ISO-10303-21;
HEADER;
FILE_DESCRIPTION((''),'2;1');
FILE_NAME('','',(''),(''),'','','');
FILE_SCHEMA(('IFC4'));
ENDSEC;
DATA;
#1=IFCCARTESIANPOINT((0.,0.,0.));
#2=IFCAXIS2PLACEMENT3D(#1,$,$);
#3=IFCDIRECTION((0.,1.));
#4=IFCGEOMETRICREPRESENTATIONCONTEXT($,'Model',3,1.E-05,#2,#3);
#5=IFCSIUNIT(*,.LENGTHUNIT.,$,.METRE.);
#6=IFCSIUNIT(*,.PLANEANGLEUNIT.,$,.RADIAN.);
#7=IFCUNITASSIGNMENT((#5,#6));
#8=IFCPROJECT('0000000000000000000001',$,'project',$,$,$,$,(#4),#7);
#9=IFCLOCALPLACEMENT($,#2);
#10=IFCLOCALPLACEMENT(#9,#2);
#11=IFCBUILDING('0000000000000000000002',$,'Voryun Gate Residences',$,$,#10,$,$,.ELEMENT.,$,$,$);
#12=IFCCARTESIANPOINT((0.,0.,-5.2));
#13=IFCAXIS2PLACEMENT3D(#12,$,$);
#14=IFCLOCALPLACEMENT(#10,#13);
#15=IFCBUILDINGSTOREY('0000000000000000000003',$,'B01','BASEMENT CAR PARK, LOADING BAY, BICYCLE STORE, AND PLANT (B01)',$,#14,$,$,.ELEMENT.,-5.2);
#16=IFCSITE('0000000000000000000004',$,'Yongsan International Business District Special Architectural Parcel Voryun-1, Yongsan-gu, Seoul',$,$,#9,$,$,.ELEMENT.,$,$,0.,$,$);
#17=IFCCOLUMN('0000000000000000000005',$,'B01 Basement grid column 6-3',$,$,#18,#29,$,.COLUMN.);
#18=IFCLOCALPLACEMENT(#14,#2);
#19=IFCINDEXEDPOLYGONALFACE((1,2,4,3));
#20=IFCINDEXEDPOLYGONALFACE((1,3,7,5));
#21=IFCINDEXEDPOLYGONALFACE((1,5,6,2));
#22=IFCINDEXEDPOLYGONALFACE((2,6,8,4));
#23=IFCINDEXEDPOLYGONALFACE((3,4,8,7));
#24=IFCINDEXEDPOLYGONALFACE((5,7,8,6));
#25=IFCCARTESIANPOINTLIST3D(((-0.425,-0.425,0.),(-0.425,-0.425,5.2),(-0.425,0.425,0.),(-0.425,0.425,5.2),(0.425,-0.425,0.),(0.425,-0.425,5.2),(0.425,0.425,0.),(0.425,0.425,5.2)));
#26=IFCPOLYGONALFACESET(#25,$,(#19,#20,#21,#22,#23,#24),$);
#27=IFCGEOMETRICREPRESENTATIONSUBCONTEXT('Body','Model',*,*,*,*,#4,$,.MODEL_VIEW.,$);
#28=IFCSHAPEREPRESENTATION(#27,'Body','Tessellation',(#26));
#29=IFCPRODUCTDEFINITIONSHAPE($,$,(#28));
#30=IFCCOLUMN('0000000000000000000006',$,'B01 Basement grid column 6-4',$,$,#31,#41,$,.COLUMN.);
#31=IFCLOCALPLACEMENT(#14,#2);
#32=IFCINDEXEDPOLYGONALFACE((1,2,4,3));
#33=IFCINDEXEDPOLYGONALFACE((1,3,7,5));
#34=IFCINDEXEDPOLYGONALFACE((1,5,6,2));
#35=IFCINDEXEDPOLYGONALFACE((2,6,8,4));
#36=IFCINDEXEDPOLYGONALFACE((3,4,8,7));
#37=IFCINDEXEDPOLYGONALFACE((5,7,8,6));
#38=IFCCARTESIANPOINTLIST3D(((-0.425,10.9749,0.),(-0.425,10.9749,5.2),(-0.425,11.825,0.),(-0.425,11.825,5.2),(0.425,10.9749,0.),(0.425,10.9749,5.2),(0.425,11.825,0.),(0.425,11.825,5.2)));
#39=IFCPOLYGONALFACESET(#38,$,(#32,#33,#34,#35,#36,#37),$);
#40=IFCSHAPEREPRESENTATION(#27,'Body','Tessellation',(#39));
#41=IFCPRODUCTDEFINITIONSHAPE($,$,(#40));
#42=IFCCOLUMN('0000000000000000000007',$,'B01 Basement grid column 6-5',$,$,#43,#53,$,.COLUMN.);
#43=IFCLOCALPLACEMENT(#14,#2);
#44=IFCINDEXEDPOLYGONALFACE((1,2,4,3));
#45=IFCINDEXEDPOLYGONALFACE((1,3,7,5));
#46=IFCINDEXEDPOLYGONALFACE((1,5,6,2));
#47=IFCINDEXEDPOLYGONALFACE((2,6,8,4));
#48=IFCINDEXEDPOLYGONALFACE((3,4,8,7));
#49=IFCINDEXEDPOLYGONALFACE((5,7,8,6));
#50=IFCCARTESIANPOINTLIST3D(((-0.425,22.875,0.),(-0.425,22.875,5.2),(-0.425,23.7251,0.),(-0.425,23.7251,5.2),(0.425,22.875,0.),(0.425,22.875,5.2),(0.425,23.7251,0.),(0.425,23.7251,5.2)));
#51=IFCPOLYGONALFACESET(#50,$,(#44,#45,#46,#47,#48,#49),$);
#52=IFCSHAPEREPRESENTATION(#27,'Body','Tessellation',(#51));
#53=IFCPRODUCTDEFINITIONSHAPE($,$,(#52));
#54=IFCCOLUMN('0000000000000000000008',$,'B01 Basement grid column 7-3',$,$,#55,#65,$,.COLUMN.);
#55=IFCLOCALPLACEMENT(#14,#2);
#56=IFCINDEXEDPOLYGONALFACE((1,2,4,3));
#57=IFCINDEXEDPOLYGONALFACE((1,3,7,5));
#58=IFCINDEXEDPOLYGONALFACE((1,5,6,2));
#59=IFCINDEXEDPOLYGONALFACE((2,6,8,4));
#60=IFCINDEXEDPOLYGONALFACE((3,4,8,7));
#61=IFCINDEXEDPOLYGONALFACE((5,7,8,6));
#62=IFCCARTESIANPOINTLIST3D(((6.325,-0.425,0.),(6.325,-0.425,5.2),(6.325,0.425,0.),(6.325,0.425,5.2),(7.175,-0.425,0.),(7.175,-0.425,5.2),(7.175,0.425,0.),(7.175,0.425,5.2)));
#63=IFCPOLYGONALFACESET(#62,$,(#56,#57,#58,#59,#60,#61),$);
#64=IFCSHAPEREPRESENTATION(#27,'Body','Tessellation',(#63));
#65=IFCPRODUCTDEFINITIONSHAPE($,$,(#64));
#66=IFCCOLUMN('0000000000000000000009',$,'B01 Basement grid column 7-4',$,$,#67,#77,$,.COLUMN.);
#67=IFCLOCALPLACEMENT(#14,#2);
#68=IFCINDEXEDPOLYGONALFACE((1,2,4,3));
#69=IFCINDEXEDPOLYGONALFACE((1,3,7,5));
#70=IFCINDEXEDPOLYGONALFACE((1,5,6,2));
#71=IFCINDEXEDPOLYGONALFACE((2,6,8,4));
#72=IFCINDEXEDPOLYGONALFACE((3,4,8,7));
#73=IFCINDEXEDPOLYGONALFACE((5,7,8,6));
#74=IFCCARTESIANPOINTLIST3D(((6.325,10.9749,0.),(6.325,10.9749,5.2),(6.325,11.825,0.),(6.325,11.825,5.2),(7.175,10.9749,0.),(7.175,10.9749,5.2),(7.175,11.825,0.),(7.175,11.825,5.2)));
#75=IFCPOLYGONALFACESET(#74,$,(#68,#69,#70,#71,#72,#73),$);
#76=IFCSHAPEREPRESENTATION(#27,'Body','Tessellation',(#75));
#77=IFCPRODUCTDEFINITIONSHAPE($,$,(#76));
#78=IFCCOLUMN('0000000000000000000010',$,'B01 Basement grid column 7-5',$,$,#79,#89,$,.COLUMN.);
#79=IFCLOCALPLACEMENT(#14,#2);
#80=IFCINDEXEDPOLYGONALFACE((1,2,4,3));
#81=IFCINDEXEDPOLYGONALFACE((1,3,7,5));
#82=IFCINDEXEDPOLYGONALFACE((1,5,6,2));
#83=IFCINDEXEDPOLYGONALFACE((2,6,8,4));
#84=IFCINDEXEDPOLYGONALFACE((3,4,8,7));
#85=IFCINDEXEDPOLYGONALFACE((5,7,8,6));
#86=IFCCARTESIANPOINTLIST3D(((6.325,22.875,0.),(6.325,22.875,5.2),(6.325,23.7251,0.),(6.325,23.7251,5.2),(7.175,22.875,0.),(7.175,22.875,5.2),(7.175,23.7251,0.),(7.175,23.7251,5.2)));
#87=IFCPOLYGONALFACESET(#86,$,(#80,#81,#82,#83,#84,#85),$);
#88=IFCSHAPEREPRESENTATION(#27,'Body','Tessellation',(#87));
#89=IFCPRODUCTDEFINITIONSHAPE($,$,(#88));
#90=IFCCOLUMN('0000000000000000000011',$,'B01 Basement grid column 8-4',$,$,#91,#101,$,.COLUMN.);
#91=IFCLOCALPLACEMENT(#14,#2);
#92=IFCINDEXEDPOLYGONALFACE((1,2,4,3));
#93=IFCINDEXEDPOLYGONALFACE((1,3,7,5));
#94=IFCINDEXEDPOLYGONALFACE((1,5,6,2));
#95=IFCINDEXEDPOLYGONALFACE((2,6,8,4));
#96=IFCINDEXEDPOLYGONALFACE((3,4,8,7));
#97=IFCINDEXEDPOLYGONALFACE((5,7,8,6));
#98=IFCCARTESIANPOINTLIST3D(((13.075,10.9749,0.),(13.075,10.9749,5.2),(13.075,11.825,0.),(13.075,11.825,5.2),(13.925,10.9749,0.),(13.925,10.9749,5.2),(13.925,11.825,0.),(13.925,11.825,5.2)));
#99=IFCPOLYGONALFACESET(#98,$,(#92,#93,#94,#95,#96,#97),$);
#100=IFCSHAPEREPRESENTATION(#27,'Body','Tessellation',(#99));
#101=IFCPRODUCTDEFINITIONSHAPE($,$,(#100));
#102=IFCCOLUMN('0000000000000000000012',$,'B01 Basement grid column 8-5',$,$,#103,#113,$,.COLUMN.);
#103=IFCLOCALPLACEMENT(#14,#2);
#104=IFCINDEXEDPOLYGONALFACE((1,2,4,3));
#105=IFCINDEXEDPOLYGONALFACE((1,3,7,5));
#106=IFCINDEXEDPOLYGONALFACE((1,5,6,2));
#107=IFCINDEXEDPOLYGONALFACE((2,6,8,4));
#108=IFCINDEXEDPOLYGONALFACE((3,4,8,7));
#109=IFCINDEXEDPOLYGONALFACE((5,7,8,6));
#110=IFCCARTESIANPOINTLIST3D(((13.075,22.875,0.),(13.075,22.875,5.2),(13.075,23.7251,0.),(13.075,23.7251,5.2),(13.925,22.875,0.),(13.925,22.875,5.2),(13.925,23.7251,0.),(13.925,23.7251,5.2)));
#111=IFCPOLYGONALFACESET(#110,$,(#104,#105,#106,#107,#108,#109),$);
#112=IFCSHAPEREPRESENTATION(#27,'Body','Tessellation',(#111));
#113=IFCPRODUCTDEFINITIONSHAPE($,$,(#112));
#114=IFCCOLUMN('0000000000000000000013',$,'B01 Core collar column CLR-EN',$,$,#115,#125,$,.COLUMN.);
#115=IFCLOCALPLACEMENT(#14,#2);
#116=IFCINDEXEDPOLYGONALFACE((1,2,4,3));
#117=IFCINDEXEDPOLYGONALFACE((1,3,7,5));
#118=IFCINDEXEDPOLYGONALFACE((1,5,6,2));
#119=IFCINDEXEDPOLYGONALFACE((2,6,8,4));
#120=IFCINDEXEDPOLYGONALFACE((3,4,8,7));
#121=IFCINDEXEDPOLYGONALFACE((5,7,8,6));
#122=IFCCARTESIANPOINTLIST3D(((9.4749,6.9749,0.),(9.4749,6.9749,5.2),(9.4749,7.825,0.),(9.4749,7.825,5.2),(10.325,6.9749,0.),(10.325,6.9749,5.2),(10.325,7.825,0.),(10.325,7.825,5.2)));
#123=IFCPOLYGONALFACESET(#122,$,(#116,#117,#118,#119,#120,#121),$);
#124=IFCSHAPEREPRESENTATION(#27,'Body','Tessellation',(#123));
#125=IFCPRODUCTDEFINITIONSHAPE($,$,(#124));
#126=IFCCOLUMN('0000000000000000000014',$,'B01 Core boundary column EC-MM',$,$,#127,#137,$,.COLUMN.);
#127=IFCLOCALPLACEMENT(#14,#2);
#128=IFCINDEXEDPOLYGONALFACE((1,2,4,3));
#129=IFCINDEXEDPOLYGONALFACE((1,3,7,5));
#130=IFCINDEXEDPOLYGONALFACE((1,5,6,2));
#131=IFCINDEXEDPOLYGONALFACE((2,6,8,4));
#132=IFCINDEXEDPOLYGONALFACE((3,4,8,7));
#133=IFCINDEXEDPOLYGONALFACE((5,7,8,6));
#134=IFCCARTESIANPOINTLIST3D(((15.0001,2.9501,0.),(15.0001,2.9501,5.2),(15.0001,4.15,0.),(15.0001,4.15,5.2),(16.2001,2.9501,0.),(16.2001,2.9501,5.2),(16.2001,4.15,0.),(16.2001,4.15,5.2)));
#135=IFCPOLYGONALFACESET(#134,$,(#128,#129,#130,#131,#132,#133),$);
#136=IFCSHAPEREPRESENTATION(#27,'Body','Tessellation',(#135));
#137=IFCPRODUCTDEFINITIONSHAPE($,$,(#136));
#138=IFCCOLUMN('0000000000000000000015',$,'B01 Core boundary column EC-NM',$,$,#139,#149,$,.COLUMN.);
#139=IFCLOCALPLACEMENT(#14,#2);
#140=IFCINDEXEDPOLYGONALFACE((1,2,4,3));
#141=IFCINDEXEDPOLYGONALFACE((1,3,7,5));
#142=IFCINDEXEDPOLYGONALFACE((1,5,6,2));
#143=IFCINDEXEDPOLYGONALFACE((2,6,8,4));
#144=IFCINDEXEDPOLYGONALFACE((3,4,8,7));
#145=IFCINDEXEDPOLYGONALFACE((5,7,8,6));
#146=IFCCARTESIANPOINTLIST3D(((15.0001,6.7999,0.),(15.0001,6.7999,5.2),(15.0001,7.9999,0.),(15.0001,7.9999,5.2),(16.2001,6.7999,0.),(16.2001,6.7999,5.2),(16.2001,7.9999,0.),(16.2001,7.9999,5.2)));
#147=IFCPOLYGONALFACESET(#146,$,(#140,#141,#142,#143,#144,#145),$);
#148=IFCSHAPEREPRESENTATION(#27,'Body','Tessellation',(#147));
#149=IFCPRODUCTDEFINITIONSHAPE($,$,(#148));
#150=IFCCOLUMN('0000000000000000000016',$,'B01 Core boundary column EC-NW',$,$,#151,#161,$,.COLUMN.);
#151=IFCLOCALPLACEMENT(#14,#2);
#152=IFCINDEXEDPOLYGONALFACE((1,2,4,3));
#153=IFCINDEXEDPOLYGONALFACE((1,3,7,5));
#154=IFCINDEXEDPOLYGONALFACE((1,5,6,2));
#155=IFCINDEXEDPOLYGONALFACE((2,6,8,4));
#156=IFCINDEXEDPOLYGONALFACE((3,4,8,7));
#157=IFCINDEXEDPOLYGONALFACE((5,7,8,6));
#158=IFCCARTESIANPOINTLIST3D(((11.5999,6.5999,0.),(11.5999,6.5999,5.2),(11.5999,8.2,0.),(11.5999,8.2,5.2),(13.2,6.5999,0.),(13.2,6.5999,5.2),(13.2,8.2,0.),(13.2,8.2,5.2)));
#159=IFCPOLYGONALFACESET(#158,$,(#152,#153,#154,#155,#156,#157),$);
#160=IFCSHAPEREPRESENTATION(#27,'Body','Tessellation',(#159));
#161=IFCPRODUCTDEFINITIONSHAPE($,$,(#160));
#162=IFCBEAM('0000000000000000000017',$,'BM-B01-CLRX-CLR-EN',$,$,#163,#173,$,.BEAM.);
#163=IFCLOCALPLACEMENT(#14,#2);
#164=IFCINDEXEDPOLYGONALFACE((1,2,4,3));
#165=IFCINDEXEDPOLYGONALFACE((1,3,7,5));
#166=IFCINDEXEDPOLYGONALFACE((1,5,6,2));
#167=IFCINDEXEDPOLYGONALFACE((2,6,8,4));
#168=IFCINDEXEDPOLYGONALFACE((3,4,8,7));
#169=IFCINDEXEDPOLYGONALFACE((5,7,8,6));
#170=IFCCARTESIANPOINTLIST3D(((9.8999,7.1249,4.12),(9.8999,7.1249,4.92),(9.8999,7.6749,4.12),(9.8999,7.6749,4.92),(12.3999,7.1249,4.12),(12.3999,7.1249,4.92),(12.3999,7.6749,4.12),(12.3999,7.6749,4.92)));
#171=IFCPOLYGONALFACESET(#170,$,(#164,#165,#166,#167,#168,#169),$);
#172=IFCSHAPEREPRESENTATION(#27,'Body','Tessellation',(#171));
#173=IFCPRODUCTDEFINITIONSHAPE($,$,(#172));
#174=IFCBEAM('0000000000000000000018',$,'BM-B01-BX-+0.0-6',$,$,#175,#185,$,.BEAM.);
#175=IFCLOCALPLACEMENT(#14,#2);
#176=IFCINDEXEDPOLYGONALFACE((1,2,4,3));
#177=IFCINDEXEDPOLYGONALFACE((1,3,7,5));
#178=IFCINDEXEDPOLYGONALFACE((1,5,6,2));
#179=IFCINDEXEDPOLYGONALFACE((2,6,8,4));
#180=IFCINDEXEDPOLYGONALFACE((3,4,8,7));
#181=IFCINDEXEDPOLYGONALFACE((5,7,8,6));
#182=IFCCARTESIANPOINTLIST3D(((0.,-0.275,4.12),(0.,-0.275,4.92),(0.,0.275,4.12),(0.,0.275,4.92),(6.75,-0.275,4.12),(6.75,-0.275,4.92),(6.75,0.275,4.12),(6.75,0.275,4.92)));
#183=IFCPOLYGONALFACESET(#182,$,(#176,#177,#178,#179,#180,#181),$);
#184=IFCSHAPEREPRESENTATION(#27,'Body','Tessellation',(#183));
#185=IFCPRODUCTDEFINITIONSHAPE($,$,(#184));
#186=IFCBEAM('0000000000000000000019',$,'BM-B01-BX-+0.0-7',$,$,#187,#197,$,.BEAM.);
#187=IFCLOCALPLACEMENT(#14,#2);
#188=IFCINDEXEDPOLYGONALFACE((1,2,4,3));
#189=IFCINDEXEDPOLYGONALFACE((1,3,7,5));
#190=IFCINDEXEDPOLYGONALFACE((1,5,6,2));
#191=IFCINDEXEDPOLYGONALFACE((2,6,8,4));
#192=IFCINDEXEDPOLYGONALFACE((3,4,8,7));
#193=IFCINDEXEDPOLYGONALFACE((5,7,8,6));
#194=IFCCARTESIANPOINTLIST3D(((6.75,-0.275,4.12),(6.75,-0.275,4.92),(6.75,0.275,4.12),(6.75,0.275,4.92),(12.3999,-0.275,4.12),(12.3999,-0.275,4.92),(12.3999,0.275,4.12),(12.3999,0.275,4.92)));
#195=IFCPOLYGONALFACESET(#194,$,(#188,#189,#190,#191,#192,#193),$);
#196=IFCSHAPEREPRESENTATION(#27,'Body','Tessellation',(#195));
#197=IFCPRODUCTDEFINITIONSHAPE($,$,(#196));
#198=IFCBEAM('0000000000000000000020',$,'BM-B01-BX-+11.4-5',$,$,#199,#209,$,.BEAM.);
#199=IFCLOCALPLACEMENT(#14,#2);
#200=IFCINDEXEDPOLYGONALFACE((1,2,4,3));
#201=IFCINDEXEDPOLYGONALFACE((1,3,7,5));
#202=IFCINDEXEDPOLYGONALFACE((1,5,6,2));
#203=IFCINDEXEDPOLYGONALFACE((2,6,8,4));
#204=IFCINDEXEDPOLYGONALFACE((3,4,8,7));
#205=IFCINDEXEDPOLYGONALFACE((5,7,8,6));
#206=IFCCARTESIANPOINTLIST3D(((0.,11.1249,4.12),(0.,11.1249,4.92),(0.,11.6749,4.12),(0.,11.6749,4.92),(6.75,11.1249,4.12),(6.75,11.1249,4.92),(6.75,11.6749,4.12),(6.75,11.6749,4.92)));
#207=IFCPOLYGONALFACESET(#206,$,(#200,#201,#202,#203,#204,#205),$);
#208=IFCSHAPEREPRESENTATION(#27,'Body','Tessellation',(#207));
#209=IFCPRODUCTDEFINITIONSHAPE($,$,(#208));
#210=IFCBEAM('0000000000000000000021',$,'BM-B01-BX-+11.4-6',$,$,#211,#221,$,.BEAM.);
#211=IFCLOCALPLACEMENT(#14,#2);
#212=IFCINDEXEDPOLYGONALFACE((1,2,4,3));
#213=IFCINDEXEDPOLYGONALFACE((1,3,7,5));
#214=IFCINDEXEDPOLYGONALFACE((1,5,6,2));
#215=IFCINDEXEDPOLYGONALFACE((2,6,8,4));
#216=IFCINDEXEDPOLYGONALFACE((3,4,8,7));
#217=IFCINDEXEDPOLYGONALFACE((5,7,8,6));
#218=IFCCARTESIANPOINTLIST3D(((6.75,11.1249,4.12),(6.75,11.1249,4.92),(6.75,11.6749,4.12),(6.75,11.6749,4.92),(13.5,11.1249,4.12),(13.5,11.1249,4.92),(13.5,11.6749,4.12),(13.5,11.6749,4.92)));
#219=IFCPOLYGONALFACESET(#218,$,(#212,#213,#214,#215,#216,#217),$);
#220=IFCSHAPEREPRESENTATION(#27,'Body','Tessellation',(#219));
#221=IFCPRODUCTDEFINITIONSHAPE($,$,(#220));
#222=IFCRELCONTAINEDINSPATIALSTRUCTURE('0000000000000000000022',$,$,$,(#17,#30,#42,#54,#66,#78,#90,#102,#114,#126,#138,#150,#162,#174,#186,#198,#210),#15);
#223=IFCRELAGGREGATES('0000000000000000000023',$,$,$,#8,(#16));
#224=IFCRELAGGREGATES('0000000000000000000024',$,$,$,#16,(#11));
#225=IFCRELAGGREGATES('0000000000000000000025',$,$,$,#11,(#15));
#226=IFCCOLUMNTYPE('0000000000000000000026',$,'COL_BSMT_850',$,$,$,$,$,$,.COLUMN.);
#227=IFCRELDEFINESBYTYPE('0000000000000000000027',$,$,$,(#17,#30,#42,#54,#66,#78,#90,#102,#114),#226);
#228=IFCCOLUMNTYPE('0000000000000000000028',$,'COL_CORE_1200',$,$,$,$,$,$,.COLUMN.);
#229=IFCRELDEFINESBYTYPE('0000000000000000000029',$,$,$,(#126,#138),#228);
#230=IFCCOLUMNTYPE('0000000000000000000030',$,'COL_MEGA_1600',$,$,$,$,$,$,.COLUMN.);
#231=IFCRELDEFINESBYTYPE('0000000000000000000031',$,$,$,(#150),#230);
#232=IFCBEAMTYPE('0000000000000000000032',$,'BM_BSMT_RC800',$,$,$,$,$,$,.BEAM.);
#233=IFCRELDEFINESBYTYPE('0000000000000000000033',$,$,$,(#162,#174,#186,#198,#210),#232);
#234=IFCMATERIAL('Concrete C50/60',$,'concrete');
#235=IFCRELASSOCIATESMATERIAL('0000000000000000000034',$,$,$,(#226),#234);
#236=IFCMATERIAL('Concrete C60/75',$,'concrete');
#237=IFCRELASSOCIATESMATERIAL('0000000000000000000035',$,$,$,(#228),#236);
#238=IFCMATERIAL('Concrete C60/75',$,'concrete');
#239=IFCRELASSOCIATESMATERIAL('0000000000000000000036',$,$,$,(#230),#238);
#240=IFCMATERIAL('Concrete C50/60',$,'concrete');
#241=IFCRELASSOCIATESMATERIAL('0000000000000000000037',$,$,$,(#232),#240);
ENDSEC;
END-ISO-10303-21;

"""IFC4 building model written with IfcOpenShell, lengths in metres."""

from ifc_helpers import new_model, si_unit, direction, frame, origin, origin_2d, place, context, subcontext, project, spatial, rectangle, extrude, material, material_profile, profile_set, type_object, element, save


model = new_model("IFC4")

# Units and contexts
model_context = context("Model", 3, precision=1e-05, world=origin(), true_north=direction((0.0, 1.0)))
body_context = subcontext(model_context, "Body", "Model", "MODEL_VIEW")
ifc_project = project(units=[si_unit("LENGTHUNIT", "METRE"), si_unit("PLANEANGLEUNIT", "RADIAN")], contexts=[model_context])

# Site, building, storey
site_placement = place(None, origin())
site = spatial("IfcSite", under=ifc_project, at=site_placement, Name="Yongsan International Business District Special Architectural Parcel Voryun-1, Yongsan-gu, Seoul", CompositionType="ELEMENT", RefElevation=0.0)
building_placement = place(site_placement, origin())
building = spatial("IfcBuilding", under=site, at=building_placement, Name="Voryun Gate Residences", CompositionType="ELEMENT")
storey_placement = place(building_placement, frame((0.0, 0.0, -5.2)))
storey = spatial("IfcBuildingStorey", under=building, at=storey_placement, Name="B01", Description="BASEMENT CAR PARK, LOADING BAY, BICYCLE STORE, AND PLANT (B01)", CompositionType="ELEMENT", Elevation=-5.2)

# Columns
ifc_material_1 = material(Name="Concrete C50/60", Category="concrete")
ifc_material_profile_1 = material_profile(ifc_material_1, rectangle(XDim=0.8501, YDim=0.8501, at=origin_2d()), Name="RC-850x850")
ifc_profile_set_1 = profile_set([ifc_material_profile_1], Name="Concrete C50/60")
column_type_1 = type_object("IfcColumnType", Name="COL_BSMT_850", PredefinedType="COLUMN", material=ifc_profile_set_1)
for number, where, z_axis, x_axis, name in (
    (1, (0.0, 0.0, 0.0), (0.0, 0.0, 1.0), (1.0, 0.0, 0.0), "B01 Basement grid column 6-3"),
    (2, (0.0, 11.3999, 0.0), (0.0, 0.0, 1.0), (1.0, 0.0, 0.0), "B01 Basement grid column 6-4"),
    (3, (0.0, 23.3, 0.0), (0.0, 0.0, 1.0), (1.0, 0.0, 0.0), "B01 Basement grid column 6-5"),
    (4, (6.75, 0.0, 0.0), (0.0, 0.0, 1.0), (1.0, 0.0, 0.0), "B01 Basement grid column 7-3"),
    (5, (6.75, 11.3999, 0.0), (0.0, 0.0, 1.0), (1.0, 0.0, 0.0), "B01 Basement grid column 7-4"),
    (6, (6.75, 23.3, 0.0), (0.0, 0.0, 1.0), (1.0, 0.0, 0.0), "B01 Basement grid column 7-5"),
    (7, (13.5, 11.3999, 0.0), (0.0, 0.0, 1.0), (1.0, 0.0, 0.0), "B01 Basement grid column 8-4"),
    (8, (13.5, 23.3, 0.0), (0.0, 0.0, 1.0), (1.0, 0.0, 0.0), "B01 Basement grid column 8-5"),
    (9, (9.8999, 7.3999, 0.0), (0.0, 0.0, 1.0), (1.0, 0.0, 0.0), "B01 Core collar column CLR-EN"),
):
    element("IfcColumn", number, at=place(storey_placement, frame(where, z_axis=z_axis, x_axis=x_axis)), inside=storey, type_object=column_type_1, Name=name, PredefinedType="COLUMN", context=body_context, shape_type="SweptSolid", body=[
        extrude(rectangle(XDim=0.8501, YDim=0.8501, at=origin_2d()), origin(), (0.0, 0.0, 1.0), 5.2),
    ])
ifc_material_2 = material(Name="Concrete C60/75", Category="concrete")
ifc_material_profile_2 = material_profile(ifc_material_2, rectangle(XDim=1.2, YDim=1.2, at=origin_2d()), Name="RC-1200x1200")
ifc_profile_set_2 = profile_set([ifc_material_profile_2], Name="Concrete C60/75")
column_type_2 = type_object("IfcColumnType", Name="COL_CORE_1200", PredefinedType="COLUMN", material=ifc_profile_set_2)
for number, where, z_axis, x_axis, name in (
    (10, (15.6001, 3.55, 0.0), (0.0, 0.0, 1.0), (1.0, 0.0, 0.0), "B01 Core boundary column EC-MM"),
    (11, (15.6001, 7.3999, 0.0), (0.0, 0.0, 1.0), (1.0, 0.0, 0.0), "B01 Core boundary column EC-NM"),
):
    element("IfcColumn", number, at=place(storey_placement, frame(where, z_axis=z_axis, x_axis=x_axis)), inside=storey, type_object=column_type_2, Name=name, PredefinedType="COLUMN", context=body_context, shape_type="SweptSolid", body=[
        extrude(rectangle(XDim=1.2, YDim=1.2, at=origin_2d()), origin(), (0.0, 0.0, 1.0), 5.2),
    ])
ifc_material_3 = material(Name="Concrete C60/75", Category="concrete")
ifc_material_profile_3 = material_profile(ifc_material_3, rectangle(XDim=1.6001, YDim=1.6001, at=origin_2d()), Name="RC-1600x1600")
ifc_profile_set_3 = profile_set([ifc_material_profile_3], Name="Concrete C60/75")
column_type_3 = type_object("IfcColumnType", Name="COL_MEGA_1600", PredefinedType="COLUMN", material=ifc_profile_set_3)
column_placement = place(storey_placement, frame((12.3999, 7.3999, 0.0), z_axis=(0.0, 0.0, 1.0), x_axis=(1.0, 0.0, 0.0)))
element("IfcColumn", 12, at=column_placement, inside=storey, type_object=column_type_3, Name="B01 Core boundary column EC-NW", PredefinedType="COLUMN", context=body_context, shape_type="SweptSolid", body=[
    extrude(rectangle(XDim=1.6001, YDim=1.6001, at=origin_2d()), origin(), (0.0, 0.0, 1.0), 5.2),
])

# Beams
ifc_material_4 = material(Name="Concrete C50/60", Category="concrete")
ifc_material_profile_4 = material_profile(ifc_material_4, rectangle(XDim=0.55, YDim=0.8, at=origin_2d()), Name="RC-550x800")
ifc_profile_set_4 = profile_set([ifc_material_profile_4], Name="Concrete C50/60")
beam_type_1 = type_object("IfcBeamType", Name="BM_BSMT_RC800", PredefinedType="BEAM", material=ifc_profile_set_4)
beam_1_placement = place(storey_placement, frame((12.3999, 7.3999, 4.52), z_axis=(-1.0, 0.0, 0.0), x_axis=(0.0, -1.0, 0.0)))
element("IfcBeam", 13, at=beam_1_placement, inside=storey, type_object=beam_type_1, Name="BM-B01-CLRX-CLR-EN", PredefinedType="BEAM", context=body_context, shape_type="SweptSolid", body=[
    extrude(rectangle(XDim=0.55, YDim=0.8, at=origin_2d()), origin(), (0.0, 0.0, 1.0), 2.5),
])
beam_2_placement = place(storey_placement, frame((0.0, 0.0, 4.52), z_axis=(1.0, 0.0, 0.0), x_axis=(0.0, 1.0, 0.0)))
element("IfcBeam", 14, at=beam_2_placement, inside=storey, type_object=beam_type_1, Name="BM-B01-BX-+0.0-6", PredefinedType="BEAM", context=body_context, shape_type="SweptSolid", body=[
    extrude(rectangle(XDim=0.55, YDim=0.8, at=origin_2d()), origin(), (0.0, 0.0, 1.0), 6.75),
])
beam_3_placement = place(storey_placement, frame((6.75, 0.0, 4.52), z_axis=(1.0, 0.0, 0.0), x_axis=(0.0, 1.0, 0.0)))
element("IfcBeam", 15, at=beam_3_placement, inside=storey, type_object=beam_type_1, Name="BM-B01-BX-+0.0-7", PredefinedType="BEAM", context=body_context, shape_type="SweptSolid", body=[
    extrude(rectangle(XDim=0.55, YDim=0.8, at=origin_2d()), origin(), (0.0, 0.0, 1.0), 5.6499),
])
for number, where, z_axis, x_axis, name in (
    (16, (0.0, 11.3999, 4.52), (1.0, 0.0, 0.0), (0.0, 1.0, 0.0), "BM-B01-BX-+11.4-5"),
    (17, (6.75, 11.3999, 4.52), (1.0, 0.0, 0.0), (0.0, 1.0, 0.0), "BM-B01-BX-+11.4-6"),
):
    element("IfcBeam", number, at=place(storey_placement, frame(where, z_axis=z_axis, x_axis=x_axis)), inside=storey, type_object=beam_type_1, Name=name, PredefinedType="BEAM", context=body_context, shape_type="SweptSolid", body=[
        extrude(rectangle(XDim=0.55, YDim=0.8, at=origin_2d()), origin(), (0.0, 0.0, 1.0), 6.75),
    ])

save(model, "model.ifc")
